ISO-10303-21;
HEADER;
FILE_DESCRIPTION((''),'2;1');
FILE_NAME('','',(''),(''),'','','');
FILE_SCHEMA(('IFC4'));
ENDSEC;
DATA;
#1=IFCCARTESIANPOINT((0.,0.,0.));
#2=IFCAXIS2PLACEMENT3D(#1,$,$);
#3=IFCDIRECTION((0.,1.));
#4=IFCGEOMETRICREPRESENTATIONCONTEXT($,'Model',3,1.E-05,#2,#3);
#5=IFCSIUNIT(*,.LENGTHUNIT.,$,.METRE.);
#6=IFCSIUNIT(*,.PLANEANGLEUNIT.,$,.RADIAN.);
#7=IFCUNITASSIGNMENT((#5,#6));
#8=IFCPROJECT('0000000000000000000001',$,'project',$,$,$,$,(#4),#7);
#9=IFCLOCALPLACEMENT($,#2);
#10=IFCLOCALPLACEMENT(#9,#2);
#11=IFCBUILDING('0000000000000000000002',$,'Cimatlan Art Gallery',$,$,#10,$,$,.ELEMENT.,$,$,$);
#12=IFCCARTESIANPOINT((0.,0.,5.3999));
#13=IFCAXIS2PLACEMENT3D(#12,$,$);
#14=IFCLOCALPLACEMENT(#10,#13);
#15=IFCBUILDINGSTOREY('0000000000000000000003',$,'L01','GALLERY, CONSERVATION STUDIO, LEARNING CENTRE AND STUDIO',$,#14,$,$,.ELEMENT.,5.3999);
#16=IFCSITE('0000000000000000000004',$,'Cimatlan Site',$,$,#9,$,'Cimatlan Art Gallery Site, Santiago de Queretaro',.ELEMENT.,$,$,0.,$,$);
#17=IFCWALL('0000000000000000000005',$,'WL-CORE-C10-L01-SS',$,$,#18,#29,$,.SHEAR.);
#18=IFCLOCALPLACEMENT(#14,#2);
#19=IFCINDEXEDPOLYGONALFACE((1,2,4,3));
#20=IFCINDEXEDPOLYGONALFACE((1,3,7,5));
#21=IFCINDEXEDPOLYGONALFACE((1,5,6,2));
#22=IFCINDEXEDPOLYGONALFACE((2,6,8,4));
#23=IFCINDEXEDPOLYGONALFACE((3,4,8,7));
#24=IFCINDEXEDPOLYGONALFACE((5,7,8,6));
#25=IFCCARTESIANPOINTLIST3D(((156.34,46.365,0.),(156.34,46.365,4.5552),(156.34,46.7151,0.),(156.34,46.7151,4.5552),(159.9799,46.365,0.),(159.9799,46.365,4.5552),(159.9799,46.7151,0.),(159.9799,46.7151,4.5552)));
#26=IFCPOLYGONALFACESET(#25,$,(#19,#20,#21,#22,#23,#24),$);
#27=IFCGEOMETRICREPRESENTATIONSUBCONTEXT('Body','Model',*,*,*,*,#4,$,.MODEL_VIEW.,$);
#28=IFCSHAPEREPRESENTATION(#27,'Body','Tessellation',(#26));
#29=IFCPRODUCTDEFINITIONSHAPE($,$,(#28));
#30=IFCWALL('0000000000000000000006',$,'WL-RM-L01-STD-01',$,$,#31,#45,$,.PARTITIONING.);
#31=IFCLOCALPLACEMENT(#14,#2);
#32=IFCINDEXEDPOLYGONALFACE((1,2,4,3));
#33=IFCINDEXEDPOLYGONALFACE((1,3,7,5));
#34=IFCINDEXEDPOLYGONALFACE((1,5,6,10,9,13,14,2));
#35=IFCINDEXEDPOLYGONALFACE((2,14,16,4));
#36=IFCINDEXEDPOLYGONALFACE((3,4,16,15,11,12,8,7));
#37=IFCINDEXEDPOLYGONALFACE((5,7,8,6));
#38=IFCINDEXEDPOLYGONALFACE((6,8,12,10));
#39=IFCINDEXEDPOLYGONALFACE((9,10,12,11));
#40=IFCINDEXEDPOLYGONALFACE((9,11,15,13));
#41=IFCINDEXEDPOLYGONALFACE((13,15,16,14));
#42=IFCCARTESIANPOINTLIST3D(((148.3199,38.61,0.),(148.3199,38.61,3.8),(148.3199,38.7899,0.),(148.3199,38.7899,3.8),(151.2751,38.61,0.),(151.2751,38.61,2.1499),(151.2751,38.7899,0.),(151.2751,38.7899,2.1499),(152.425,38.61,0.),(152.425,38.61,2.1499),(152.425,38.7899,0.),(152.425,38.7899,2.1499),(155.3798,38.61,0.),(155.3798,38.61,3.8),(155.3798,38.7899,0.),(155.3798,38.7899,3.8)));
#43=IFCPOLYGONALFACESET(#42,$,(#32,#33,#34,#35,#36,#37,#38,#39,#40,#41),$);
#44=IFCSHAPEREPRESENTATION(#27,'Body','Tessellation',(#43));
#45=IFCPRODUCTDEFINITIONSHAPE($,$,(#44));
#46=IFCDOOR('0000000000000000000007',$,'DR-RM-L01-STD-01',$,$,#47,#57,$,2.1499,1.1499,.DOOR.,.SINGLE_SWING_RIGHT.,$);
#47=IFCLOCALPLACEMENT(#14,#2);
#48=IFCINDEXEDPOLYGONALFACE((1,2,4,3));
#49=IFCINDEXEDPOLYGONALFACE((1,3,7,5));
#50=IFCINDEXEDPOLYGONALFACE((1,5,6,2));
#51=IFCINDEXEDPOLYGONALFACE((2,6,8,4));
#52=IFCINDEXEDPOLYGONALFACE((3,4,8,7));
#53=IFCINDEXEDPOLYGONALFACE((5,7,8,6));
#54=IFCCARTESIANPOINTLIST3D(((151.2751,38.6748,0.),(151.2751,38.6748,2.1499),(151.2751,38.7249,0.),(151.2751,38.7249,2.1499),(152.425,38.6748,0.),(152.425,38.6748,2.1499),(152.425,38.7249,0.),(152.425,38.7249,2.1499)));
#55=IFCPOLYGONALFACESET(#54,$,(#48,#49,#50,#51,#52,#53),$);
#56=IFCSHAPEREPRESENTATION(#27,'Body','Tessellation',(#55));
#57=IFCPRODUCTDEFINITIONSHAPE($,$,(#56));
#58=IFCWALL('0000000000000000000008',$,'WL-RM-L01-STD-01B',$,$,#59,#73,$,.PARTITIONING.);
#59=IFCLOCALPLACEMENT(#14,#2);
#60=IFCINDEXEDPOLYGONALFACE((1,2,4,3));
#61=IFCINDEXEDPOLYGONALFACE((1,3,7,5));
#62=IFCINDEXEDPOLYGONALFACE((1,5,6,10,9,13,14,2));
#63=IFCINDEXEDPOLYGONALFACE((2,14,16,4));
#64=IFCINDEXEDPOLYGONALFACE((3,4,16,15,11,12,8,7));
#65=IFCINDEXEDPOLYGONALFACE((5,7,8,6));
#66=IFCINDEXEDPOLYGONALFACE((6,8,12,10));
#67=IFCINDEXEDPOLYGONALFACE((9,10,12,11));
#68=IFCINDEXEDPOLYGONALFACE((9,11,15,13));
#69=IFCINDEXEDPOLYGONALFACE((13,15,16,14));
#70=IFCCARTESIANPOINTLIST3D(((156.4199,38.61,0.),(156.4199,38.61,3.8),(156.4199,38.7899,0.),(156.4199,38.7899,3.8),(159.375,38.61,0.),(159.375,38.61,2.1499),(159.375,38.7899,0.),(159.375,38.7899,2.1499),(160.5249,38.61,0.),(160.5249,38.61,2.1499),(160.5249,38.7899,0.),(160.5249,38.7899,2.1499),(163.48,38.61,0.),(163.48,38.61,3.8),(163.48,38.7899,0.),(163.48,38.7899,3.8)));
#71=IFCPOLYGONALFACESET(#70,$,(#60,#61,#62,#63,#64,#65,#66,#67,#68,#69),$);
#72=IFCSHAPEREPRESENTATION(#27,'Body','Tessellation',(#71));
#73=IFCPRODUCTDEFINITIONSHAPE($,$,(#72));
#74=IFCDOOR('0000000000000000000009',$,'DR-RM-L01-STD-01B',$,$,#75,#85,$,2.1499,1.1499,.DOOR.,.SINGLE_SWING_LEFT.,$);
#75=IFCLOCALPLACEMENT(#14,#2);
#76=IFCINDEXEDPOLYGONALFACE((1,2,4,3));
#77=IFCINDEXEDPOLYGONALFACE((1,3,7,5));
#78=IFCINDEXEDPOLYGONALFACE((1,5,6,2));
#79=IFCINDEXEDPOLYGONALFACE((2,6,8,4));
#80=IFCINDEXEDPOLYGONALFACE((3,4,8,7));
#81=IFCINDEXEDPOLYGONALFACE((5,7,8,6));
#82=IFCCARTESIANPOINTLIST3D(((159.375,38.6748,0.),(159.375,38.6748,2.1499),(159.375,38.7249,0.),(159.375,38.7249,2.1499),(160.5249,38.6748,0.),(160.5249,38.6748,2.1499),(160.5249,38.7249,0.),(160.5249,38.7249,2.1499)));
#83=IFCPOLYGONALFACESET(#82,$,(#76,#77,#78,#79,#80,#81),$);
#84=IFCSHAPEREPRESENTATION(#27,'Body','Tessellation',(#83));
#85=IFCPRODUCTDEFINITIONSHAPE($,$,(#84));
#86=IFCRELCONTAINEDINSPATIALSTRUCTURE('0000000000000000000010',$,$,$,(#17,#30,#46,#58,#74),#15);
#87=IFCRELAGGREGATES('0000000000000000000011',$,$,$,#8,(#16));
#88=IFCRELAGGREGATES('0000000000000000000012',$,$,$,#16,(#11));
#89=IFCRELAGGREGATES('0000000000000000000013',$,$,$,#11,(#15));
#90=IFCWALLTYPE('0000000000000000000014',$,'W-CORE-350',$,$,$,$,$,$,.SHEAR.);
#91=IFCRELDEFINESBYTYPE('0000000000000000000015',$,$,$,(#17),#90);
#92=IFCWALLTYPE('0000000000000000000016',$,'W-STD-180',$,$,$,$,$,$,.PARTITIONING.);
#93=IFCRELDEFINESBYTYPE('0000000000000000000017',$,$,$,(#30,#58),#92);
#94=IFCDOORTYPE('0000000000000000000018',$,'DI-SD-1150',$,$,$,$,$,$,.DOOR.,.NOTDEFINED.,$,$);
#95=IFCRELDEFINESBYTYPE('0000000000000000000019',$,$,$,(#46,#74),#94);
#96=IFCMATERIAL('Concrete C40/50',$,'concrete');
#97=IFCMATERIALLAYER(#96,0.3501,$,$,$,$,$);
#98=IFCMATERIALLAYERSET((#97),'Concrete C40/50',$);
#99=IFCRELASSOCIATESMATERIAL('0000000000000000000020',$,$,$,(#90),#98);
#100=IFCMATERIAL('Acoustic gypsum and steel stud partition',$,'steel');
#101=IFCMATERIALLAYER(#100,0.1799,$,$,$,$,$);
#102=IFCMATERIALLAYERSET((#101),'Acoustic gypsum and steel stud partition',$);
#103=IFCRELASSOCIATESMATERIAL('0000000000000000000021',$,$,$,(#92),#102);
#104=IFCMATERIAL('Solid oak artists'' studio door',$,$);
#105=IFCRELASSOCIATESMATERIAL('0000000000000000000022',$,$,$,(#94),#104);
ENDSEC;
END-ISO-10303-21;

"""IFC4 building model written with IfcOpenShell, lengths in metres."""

from ifc_helpers import new_model, si_unit, direction, frame, frame_2d, origin, place, context, subcontext, project, spatial, rectangle, extrude, material, layer, layer_set, type_object, element, fill, save


model = new_model("IFC4")

# Units and contexts
model_context = context("Model", 3, precision=1e-05, world=origin(), true_north=direction((0.0, 1.0)))
body_context = subcontext(model_context, "Body", "Model", "MODEL_VIEW")
ifc_project = project(units=[si_unit("LENGTHUNIT", "METRE"), si_unit("PLANEANGLEUNIT", "RADIAN")], contexts=[model_context])

# Site, building, storey
site_placement = place(None, origin())
site = spatial("IfcSite", under=ifc_project, at=site_placement, Name="Cimatlan Site", LongName="Cimatlan Art Gallery Site, Santiago de Queretaro", CompositionType="ELEMENT", RefElevation=0.0)
building_placement = place(site_placement, origin())
building = spatial("IfcBuilding", under=site, at=building_placement, Name="Cimatlan Art Gallery", CompositionType="ELEMENT")
storey_placement = place(building_placement, frame((0.0, 0.0, 5.3999)))
storey = spatial("IfcBuildingStorey", under=building, at=storey_placement, Name="L01", Description="GALLERY, CONSERVATION STUDIO, LEARNING CENTRE AND STUDIO", CompositionType="ELEMENT", Elevation=5.3999)

# Shared definitions
ifc_material_1 = material(Name="Concrete C40/50", Category="concrete")

# Wall
ifc_layer_1 = layer(ifc_material_1, 0.3501)
ifc_layer_set_1 = layer_set([ifc_layer_1], Name="Concrete C40/50")
wall_type_1 = type_object("IfcWallType", Name="W-CORE-350", PredefinedType="SHEAR", material=ifc_layer_set_1)
wall_1_placement = place(storey_placement, frame((156.3401, 46.54, 0.0), z_axis=(0.0, 0.0, 1.0), x_axis=(1.0, 0.0, 0.0)))
element("IfcWall", 1, at=wall_1_placement, inside=storey, type_object=wall_type_1, Name="WL-CORE-C10-L01-SS", PredefinedType="SHEAR", context=body_context, shape_type="SweptSolid", body=[
    extrude(rectangle(XDim=3.6399, YDim=0.3501, at=frame_2d((1.8198, 0.0))), origin(), (0.0, 0.0, 1.0), 4.5552),
])

# Walls, openings, doors
ifc_material_2 = material(Name="Acoustic gypsum and steel stud partition", Category="steel")
ifc_layer_2 = layer(ifc_material_2, 0.1799)
ifc_layer_set_2 = layer_set([ifc_layer_2], Name="Acoustic gypsum and steel stud partition")
wall_type_2 = type_object("IfcWallType", Name="W-STD-180", PredefinedType="PARTITIONING", material=ifc_layer_set_2)
wall_2_placement = place(storey_placement, frame((148.3201, 38.7, 0.0), z_axis=(0.0, 0.0, 1.0), x_axis=(1.0, 0.0, 0.0)))
wall_2 = element("IfcWall", 2, at=wall_2_placement, inside=storey, type_object=wall_type_2, Name="WL-RM-L01-STD-01", PredefinedType="PARTITIONING", context=body_context, shape_type="SweptSolid", body=[
    extrude(rectangle(XDim=7.0598, YDim=0.1799, at=frame_2d((3.5298, 0.0))), origin(), (0.0, 0.0, 1.0), 3.8),
])
opening_1_placement = place(wall_2_placement, frame((2.9551, 0.0, 0.0)))
opening_1 = element("IfcOpeningElement", 3, at=opening_1_placement, cuts=wall_2, PredefinedType="OPENING", context=body_context, shape_type="SweptSolid", body=[
    extrude(rectangle(XDim=1.1499, YDim=2.1499, at=frame_2d((0.575, 1.075))), frame((0.0, 0.1001, 0.0), z_axis=(0.0, -1.0, 0.0), x_axis=(1.0, 0.0, 0.0)), (0.0, 0.0, 1.0), 0.2),
])
ifc_material_3 = material(Name="Solid oak artists' studio door")
door_type_1 = type_object("IfcDoorType", Name="DI-SD-1150", OperationType="NOTDEFINED", PredefinedType="DOOR", material=ifc_material_3)
door_1_placement = place(opening_1_placement, origin())
door_1 = element("IfcDoor", 4, at=door_1_placement, inside=storey, type_object=door_type_1, Name="DR-RM-L01-STD-01", OperationType="SINGLE_SWING_RIGHT", OverallHeight=2.1499, OverallWidth=1.1499, PredefinedType="DOOR", context=body_context, shape_type="SweptSolid", body=[
    extrude(rectangle(XDim=1.1499, YDim=2.1499, at=frame_2d((0.575, 1.075))), frame((0.0, 0.0249, 0.0), z_axis=(0.0, -1.0, 0.0), x_axis=(1.0, 0.0, 0.0)), (0.0, 0.0, 1.0), 0.05),
])
fill(opening_1, door_1)
wall_3_placement = place(storey_placement, frame((156.4199, 38.7, 0.0), z_axis=(0.0, 0.0, 1.0), x_axis=(1.0, 0.0, 0.0)))
wall_3 = element("IfcWall", 5, at=wall_3_placement, inside=storey, type_object=wall_type_2, Name="WL-RM-L01-STD-01B", PredefinedType="PARTITIONING", context=body_context, shape_type="SweptSolid", body=[
    extrude(rectangle(XDim=7.0601, YDim=0.1799, at=frame_2d((3.53, 0.0))), origin(), (0.0, 0.0, 1.0), 3.8),
])
opening_2_placement = place(wall_3_placement, frame((2.9551, 0.0, 0.0)))
opening_2 = element("IfcOpeningElement", 6, at=opening_2_placement, cuts=wall_3, PredefinedType="OPENING", context=body_context, shape_type="SweptSolid", body=[
    extrude(rectangle(XDim=1.1499, YDim=2.1499, at=frame_2d((0.575, 1.075))), frame((0.0, 0.1001, 0.0), z_axis=(0.0, -1.0, 0.0), x_axis=(1.0, 0.0, 0.0)), (0.0, 0.0, 1.0), 0.2),
])
door_2_placement = place(opening_2_placement, origin())
door_2 = element("IfcDoor", 7, at=door_2_placement, inside=storey, type_object=door_type_1, Name="DR-RM-L01-STD-01B", OperationType="SINGLE_SWING_LEFT", OverallHeight=2.1499, OverallWidth=1.1499, PredefinedType="DOOR", context=body_context, shape_type="SweptSolid", body=[
    extrude(rectangle(XDim=1.1499, YDim=2.1499, at=frame_2d((0.575, 1.075))), frame((0.0, 0.0249, 0.0), z_axis=(0.0, -1.0, 0.0), x_axis=(1.0, 0.0, 0.0)), (0.0, 0.0, 1.0), 0.05),
])
fill(opening_2, door_2)

save(model, "model.ifc")
